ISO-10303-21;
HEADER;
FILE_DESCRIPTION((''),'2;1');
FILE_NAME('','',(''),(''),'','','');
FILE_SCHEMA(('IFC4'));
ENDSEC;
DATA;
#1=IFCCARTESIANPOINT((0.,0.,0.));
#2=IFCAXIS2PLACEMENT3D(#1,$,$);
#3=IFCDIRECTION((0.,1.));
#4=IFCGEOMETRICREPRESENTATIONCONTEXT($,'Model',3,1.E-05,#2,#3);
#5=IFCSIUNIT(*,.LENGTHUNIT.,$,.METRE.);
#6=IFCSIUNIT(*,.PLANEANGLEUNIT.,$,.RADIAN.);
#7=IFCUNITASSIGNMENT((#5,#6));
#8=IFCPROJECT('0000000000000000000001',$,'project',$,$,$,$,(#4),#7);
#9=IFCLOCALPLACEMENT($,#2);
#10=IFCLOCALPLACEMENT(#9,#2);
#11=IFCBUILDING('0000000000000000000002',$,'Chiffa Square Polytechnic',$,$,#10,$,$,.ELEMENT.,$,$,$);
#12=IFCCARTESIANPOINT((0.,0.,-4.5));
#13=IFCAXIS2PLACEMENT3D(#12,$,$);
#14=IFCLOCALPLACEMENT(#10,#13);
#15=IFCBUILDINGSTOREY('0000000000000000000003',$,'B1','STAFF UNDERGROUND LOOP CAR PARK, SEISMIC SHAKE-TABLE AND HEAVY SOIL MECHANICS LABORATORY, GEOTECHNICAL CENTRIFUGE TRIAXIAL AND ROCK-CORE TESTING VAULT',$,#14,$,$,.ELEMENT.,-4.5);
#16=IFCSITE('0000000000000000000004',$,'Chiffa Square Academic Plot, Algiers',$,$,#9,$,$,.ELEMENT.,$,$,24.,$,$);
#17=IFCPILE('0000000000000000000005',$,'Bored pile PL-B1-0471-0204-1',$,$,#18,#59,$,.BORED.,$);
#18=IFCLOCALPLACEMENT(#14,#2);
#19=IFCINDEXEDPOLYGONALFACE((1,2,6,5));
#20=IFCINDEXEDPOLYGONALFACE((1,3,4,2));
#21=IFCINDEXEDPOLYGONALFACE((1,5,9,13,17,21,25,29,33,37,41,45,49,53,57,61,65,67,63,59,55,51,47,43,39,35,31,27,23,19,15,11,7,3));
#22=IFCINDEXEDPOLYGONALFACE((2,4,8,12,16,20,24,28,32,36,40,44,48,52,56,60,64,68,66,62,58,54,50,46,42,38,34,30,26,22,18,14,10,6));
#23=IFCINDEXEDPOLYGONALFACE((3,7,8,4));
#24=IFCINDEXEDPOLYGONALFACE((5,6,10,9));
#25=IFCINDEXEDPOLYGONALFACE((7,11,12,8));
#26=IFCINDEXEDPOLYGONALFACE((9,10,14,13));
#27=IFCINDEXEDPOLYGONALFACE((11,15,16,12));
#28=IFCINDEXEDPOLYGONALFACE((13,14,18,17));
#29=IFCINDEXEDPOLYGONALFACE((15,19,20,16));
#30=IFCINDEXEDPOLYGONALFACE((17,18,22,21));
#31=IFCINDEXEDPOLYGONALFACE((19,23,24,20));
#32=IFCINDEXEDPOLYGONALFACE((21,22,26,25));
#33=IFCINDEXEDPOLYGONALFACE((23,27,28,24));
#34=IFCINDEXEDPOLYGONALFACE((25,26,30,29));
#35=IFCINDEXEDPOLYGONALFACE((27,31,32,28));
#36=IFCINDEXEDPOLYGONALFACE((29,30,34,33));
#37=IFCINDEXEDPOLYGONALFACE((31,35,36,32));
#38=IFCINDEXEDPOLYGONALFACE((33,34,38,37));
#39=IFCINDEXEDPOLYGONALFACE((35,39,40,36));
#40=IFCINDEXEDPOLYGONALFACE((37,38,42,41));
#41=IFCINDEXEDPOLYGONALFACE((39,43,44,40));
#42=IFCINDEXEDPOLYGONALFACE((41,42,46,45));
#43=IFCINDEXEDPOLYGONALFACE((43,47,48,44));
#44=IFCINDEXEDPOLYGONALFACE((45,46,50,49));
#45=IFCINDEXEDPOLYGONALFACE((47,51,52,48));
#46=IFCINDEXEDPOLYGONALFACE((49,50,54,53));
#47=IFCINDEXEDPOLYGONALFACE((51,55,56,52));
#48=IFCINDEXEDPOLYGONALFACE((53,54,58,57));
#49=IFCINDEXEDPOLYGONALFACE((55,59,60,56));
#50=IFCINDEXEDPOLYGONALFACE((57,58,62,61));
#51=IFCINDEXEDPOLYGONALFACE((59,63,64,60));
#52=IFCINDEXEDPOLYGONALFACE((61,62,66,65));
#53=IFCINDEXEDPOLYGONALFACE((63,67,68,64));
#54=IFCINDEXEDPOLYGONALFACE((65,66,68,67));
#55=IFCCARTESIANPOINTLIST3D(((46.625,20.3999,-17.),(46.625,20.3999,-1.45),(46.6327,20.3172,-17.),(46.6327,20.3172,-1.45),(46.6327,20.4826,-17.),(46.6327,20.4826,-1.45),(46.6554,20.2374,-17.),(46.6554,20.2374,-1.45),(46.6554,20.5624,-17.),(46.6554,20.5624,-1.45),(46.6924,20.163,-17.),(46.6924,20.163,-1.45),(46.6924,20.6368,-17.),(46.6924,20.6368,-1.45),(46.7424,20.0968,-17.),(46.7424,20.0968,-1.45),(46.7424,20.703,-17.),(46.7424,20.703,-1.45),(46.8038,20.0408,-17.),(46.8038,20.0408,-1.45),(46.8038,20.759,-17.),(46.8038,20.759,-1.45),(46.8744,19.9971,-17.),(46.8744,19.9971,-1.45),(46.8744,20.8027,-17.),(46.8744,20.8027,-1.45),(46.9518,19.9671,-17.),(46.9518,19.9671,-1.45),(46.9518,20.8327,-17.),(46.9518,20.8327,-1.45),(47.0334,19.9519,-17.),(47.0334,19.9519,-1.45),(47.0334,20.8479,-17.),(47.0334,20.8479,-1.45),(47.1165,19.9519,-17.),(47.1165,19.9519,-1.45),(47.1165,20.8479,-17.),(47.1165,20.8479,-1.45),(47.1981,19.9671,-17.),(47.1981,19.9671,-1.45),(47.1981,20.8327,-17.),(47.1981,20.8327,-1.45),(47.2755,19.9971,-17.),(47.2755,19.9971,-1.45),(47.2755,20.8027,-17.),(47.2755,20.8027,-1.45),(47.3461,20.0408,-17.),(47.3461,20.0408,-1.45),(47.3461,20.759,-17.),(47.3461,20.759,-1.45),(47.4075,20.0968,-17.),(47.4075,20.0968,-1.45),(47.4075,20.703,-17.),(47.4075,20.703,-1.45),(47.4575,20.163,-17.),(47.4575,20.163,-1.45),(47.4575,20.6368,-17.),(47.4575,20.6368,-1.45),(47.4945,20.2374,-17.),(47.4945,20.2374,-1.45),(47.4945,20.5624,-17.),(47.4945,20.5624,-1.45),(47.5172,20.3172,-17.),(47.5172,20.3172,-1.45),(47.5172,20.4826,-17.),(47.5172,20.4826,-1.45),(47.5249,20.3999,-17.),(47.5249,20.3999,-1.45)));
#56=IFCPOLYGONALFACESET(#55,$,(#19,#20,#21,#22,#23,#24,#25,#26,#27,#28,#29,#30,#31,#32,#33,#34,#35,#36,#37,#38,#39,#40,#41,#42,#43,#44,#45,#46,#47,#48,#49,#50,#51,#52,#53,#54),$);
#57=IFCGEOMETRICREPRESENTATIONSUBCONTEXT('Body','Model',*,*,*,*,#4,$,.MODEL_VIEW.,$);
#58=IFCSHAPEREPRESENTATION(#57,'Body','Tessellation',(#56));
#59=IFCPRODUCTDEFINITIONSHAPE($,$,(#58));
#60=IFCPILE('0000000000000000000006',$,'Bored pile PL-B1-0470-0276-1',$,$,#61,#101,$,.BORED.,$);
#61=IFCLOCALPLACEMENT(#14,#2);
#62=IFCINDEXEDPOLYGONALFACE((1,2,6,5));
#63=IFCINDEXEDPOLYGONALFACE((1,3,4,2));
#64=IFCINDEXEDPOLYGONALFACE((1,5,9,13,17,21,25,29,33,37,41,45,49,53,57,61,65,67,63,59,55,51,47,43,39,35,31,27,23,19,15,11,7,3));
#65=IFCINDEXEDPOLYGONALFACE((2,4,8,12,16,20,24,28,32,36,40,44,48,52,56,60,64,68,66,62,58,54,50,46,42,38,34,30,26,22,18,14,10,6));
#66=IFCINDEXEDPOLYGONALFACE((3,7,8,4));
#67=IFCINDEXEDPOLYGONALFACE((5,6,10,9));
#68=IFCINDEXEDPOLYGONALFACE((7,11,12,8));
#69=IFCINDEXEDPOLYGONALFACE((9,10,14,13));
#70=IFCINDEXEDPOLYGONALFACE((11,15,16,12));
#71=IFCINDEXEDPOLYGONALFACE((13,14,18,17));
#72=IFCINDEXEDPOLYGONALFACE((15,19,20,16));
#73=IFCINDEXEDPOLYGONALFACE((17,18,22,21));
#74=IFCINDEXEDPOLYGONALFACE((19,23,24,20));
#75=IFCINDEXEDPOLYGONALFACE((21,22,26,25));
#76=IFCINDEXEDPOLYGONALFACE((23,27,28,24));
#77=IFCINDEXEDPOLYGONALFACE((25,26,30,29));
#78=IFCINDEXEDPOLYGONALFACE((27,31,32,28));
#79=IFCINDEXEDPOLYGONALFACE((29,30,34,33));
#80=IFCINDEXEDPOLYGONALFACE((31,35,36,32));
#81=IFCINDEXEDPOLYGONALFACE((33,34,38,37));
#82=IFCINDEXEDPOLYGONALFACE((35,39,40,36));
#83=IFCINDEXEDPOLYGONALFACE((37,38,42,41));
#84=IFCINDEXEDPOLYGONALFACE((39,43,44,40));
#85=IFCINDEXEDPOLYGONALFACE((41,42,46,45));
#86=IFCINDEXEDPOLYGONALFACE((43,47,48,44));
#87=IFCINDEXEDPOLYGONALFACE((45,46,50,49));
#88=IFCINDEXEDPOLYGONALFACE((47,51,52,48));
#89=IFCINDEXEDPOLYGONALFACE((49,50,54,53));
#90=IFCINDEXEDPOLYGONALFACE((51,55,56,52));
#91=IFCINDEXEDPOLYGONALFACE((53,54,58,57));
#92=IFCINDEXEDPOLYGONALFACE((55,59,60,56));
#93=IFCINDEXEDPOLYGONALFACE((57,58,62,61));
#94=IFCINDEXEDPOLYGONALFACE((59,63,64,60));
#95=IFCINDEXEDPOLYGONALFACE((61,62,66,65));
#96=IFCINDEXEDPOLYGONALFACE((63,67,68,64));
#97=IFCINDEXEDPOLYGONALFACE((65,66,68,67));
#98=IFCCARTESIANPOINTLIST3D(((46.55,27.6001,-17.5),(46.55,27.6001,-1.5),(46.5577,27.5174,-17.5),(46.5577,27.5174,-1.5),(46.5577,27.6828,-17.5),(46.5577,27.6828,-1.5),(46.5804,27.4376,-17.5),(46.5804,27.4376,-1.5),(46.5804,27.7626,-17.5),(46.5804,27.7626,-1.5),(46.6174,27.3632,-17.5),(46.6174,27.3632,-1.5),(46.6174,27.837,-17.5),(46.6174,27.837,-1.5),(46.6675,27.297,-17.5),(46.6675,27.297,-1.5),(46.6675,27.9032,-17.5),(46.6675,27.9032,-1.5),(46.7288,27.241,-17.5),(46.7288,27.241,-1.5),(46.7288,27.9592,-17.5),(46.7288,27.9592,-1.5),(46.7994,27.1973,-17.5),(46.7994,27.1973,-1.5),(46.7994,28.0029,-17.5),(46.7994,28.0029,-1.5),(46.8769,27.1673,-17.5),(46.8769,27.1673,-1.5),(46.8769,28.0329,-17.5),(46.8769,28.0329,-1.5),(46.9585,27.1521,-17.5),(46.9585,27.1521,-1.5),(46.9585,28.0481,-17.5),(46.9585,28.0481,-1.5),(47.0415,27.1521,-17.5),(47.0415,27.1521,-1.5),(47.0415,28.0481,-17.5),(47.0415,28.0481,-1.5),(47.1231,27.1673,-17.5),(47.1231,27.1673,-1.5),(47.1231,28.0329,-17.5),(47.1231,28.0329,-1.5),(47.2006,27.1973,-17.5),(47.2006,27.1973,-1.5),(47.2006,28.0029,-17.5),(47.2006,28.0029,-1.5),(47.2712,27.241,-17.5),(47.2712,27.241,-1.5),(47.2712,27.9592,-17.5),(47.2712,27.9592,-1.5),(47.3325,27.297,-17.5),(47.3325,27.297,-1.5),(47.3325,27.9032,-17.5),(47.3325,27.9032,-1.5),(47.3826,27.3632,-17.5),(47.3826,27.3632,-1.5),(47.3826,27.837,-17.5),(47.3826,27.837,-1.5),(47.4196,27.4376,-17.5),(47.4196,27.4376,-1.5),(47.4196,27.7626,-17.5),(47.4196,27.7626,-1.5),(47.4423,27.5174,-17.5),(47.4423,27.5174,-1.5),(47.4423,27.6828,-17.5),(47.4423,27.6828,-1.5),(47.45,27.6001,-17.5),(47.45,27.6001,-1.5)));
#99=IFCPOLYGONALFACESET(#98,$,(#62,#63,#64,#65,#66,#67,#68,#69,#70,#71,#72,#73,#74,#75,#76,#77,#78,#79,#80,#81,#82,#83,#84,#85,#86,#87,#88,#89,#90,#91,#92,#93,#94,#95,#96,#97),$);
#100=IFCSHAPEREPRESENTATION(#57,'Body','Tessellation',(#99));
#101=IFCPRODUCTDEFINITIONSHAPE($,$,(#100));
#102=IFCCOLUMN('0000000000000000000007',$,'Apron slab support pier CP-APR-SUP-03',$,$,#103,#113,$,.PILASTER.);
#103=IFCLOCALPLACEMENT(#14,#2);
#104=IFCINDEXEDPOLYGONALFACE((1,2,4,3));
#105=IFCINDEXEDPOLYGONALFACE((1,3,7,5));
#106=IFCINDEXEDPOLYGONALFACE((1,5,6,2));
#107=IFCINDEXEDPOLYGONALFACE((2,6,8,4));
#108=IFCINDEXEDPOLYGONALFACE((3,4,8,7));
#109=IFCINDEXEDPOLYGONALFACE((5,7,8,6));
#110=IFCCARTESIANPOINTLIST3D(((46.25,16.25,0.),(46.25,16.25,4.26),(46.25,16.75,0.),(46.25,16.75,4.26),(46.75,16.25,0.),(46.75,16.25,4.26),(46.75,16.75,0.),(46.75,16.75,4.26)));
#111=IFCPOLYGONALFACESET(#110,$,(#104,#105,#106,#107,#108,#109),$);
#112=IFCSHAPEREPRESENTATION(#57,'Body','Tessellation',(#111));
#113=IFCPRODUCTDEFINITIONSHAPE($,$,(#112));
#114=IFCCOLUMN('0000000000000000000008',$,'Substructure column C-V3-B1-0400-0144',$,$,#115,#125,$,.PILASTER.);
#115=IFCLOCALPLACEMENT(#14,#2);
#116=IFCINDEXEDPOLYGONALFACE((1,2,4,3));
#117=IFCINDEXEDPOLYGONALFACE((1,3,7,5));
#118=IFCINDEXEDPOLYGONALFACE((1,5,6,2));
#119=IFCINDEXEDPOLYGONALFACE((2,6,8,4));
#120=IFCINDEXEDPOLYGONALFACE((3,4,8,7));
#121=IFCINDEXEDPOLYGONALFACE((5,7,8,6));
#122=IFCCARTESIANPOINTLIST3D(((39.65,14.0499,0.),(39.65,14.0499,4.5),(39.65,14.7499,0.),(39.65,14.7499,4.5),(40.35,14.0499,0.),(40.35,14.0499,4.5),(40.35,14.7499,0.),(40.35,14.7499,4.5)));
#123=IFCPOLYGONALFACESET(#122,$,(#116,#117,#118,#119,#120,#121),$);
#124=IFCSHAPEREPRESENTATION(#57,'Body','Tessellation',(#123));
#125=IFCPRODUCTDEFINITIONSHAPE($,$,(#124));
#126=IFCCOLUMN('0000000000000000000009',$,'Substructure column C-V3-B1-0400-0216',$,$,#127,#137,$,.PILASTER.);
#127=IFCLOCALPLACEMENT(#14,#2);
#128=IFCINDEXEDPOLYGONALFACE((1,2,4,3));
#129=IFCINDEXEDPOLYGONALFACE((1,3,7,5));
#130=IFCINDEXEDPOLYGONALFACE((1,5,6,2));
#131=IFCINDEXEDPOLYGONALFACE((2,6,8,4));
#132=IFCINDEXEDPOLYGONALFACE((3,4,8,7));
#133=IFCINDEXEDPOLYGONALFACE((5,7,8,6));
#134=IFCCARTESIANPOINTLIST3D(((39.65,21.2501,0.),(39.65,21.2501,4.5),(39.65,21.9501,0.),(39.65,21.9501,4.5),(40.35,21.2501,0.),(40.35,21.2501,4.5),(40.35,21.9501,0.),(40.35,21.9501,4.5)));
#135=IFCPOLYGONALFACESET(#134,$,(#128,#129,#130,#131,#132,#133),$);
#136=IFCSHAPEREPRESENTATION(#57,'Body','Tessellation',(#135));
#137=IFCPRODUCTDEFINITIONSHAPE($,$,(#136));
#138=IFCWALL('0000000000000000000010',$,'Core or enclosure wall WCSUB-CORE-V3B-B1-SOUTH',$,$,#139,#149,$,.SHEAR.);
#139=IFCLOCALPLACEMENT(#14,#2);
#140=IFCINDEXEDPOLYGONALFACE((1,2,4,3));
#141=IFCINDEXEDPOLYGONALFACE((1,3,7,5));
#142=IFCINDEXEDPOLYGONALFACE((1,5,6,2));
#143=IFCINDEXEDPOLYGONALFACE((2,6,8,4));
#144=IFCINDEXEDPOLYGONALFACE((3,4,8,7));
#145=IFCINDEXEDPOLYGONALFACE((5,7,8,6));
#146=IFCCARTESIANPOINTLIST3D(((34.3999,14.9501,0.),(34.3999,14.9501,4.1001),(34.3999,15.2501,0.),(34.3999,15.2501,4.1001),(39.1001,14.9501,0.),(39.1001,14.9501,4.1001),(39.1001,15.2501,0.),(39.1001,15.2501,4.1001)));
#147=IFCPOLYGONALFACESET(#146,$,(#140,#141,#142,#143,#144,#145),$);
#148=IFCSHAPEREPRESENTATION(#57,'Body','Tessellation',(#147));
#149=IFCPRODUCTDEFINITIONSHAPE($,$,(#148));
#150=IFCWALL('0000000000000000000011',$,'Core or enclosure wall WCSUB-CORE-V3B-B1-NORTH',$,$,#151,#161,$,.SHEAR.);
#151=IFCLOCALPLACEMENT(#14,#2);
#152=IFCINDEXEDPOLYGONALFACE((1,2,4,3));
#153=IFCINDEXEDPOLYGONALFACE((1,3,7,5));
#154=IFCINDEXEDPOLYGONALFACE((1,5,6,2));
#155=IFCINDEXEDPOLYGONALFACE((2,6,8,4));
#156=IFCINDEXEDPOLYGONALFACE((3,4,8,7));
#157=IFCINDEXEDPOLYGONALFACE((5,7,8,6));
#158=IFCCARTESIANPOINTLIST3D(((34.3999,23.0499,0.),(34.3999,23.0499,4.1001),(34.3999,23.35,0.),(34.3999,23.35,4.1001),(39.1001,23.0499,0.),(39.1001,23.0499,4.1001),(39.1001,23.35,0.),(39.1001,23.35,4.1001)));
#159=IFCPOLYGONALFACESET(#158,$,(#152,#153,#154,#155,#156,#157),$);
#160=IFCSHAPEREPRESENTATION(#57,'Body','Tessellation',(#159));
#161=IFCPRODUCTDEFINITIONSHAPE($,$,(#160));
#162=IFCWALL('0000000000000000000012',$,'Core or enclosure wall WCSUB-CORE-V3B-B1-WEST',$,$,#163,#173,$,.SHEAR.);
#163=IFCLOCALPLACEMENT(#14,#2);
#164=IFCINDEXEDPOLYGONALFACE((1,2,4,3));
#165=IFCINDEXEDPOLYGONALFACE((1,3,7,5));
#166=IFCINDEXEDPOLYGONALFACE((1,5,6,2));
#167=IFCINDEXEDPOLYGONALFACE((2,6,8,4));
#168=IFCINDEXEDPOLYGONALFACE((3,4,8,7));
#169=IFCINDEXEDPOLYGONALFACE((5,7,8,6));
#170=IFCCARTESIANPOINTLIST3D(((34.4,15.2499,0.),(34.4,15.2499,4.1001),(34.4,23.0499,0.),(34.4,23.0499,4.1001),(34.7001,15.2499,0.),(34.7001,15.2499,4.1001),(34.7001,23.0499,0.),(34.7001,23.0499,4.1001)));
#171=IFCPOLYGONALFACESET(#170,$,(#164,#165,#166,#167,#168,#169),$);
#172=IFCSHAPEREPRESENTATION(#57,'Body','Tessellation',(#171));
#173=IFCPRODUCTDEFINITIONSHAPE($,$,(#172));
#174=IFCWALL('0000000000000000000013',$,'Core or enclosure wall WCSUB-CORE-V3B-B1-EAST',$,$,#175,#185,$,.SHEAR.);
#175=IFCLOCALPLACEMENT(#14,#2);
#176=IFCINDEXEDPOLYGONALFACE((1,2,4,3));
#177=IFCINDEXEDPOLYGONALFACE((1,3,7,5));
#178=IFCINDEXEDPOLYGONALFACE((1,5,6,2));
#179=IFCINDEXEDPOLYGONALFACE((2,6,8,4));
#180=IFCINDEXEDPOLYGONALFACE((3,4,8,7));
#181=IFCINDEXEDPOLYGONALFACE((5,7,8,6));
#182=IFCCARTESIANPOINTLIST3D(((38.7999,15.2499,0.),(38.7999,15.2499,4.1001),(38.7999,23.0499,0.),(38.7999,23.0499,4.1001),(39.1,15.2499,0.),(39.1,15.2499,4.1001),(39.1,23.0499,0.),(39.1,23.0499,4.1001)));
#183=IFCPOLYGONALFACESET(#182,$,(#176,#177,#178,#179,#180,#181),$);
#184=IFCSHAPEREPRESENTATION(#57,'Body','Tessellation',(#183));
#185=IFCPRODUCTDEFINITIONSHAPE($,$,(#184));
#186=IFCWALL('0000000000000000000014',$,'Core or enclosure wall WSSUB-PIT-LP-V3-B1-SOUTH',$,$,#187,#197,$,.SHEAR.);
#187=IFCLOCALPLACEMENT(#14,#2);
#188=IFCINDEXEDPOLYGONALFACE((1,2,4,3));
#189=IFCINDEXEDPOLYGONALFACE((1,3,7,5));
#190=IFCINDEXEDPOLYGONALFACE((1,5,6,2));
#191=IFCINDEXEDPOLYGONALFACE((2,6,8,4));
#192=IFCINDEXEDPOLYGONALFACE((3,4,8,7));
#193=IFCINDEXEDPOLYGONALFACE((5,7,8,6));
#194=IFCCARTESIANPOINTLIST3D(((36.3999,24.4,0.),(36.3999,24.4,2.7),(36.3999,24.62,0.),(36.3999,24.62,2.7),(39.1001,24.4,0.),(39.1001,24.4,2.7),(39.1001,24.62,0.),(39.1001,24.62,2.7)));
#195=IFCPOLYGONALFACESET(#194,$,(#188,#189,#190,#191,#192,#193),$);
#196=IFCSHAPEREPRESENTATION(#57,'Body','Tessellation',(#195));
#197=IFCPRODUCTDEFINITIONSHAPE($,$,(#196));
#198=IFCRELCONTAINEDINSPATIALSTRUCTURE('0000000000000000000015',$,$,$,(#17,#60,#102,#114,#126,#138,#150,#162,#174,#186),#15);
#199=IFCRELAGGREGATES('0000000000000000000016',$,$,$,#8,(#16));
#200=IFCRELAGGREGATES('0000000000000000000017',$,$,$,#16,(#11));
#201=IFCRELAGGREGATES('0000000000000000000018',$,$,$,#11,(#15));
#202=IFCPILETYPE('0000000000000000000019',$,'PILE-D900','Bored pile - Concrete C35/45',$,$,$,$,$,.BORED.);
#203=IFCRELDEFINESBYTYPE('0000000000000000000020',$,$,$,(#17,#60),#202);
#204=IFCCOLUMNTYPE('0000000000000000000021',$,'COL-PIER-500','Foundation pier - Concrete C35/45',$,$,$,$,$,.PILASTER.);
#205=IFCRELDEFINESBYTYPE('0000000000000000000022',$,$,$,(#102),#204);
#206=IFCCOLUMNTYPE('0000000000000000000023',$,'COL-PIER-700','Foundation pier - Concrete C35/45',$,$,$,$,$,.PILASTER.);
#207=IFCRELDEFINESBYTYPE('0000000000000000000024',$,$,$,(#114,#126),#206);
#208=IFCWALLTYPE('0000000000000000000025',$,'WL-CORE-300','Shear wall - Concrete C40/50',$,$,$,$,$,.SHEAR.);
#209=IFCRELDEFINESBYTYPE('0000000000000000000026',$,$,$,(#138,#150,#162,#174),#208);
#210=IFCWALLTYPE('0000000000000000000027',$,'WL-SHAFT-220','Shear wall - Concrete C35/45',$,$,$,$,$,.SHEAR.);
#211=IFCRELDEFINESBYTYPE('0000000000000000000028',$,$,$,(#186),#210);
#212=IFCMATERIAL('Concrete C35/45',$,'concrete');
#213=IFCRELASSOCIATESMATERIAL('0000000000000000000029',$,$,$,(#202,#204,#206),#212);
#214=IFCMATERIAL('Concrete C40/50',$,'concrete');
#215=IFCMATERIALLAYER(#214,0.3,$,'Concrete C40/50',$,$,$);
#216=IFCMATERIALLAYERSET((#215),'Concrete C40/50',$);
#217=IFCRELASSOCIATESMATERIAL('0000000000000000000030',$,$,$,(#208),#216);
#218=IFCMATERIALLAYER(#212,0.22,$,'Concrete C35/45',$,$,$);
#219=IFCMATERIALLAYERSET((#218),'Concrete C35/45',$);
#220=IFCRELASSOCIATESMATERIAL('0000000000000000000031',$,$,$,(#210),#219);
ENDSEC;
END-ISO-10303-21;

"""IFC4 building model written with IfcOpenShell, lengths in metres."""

from ifc_helpers import new_model, si_unit, direction, frame, frame_2d, origin, origin_2d, place, context, subcontext, project, spatial, rectangle, circle, extrude, material, layer, layer_set, material_profile, profile_set, type_object, element, save


model = new_model("IFC4")

# Units and contexts
model_context = context("Model", 3, precision=1e-05, world=origin(), true_north=direction((0.0, 1.0)))
body_context = subcontext(model_context, "Body", "Model", "MODEL_VIEW")
ifc_project = project(units=[si_unit("LENGTHUNIT", "METRE"), si_unit("PLANEANGLEUNIT", "RADIAN")], contexts=[model_context])

# Site, building, storey
site_placement = place(None, origin())
site = spatial("IfcSite", under=ifc_project, at=site_placement, Name="Chiffa Square Academic Plot, Algiers", CompositionType="ELEMENT", RefElevation=24.0)
building_placement = place(site_placement, origin())
building = spatial("IfcBuilding", under=site, at=building_placement, Name="Chiffa Square Polytechnic", CompositionType="ELEMENT")
storey_placement = place(building_placement, frame((0.0, 0.0, -4.5)))
storey = spatial("IfcBuildingStorey", under=building, at=storey_placement, Name="B1", Description="STAFF UNDERGROUND LOOP CAR PARK, SEISMIC SHAKE-TABLE AND HEAVY SOIL MECHANICS LABORATORY, GEOTECHNICAL CENTRIFUGE TRIAXIAL AND ROCK-CORE TESTING VAULT", CompositionType="ELEMENT", Elevation=-4.5)

# Shared definitions
ifc_material_1 = material(Name="Concrete C35/45", Category="concrete")

# Piles
ifc_material_profile_1 = material_profile(ifc_material_1, circle(Radius=0.45, at=origin_2d()), Name="PILE D900")
ifc_profile_set_1 = profile_set([ifc_material_profile_1], Name="Concrete C35/45")
pile_type_1 = type_object("IfcPileType", Name="PILE-D900", Description="Bored pile - Concrete C35/45", PredefinedType="BORED", material=ifc_profile_set_1)
pile_1_placement = place(storey_placement, frame((47.075, 20.3999, -1.45), z_axis=(0.0, 0.0, -1.0), x_axis=(1.0, 0.0, 0.0)))
element("IfcPile", 1, at=pile_1_placement, inside=storey, type_object=pile_type_1, Name="Bored pile PL-B1-0471-0204-1", PredefinedType="BORED", context=body_context, shape_type="SweptSolid", body=[
    extrude(circle(Radius=0.45, at=origin_2d()), origin(), (0.0, 0.0, 1.0), 15.55),
])
pile_2_placement = place(storey_placement, frame((47.0, 27.6001, -1.5), z_axis=(0.0, 0.0, -1.0), x_axis=(1.0, 0.0, 0.0)))
element("IfcPile", 2, at=pile_2_placement, inside=storey, type_object=pile_type_1, Name="Bored pile PL-B1-0470-0276-1", PredefinedType="BORED", context=body_context, shape_type="SweptSolid", body=[
    extrude(circle(Radius=0.45, at=origin_2d()), origin(), (0.0, 0.0, 1.0), 16.0),
])

# Columns
ifc_material_profile_2 = material_profile(ifc_material_1, rectangle(XDim=0.5, YDim=0.5, at=origin_2d()), Name="RC 500x500")
ifc_profile_set_2 = profile_set([ifc_material_profile_2], Name="Concrete C35/45")
column_type_1 = type_object("IfcColumnType", Name="COL-PIER-500", Description="Foundation pier - Concrete C35/45", PredefinedType="PILASTER", material=ifc_profile_set_2)
column_placement = place(storey_placement, frame((46.5, 16.5, 0.0), z_axis=(0.0, 0.0, 1.0), x_axis=(1.0, 0.0, 0.0)))
element("IfcColumn", 3, at=column_placement, inside=storey, type_object=column_type_1, Name="Apron slab support pier CP-APR-SUP-03", PredefinedType="PILASTER", context=body_context, shape_type="SweptSolid", body=[
    extrude(rectangle(XDim=0.5, YDim=0.5, at=origin_2d()), origin(), (0.0, 0.0, 1.0), 4.26),
])
ifc_material_profile_3 = material_profile(ifc_material_1, rectangle(XDim=0.7, YDim=0.7, at=origin_2d()), Name="RC 700x700")
ifc_profile_set_3 = profile_set([ifc_material_profile_3], Name="Concrete C35/45")
column_type_2 = type_object("IfcColumnType", Name="COL-PIER-700", Description="Foundation pier - Concrete C35/45", PredefinedType="PILASTER", material=ifc_profile_set_3)
for number, where, z_axis, x_axis, name in (
    (4, (40.0, 14.3999, 0.0), (0.0, 0.0, 1.0), (1.0, 0.0, 0.0), "Substructure column C-V3-B1-0400-0144"),
    (5, (40.0, 21.6001, 0.0), (0.0, 0.0, 1.0), (1.0, 0.0, 0.0), "Substructure column C-V3-B1-0400-0216"),
):
    element("IfcColumn", number, at=place(storey_placement, frame(where, z_axis=z_axis, x_axis=x_axis)), inside=storey, type_object=column_type_2, Name=name, PredefinedType="PILASTER", context=body_context, shape_type="SweptSolid", body=[
        extrude(rectangle(XDim=0.7, YDim=0.7, at=origin_2d()), origin(), (0.0, 0.0, 1.0), 4.5),
    ])

# Walls
ifc_material_2 = material(Name="Concrete C40/50", Category="concrete")
ifc_layer_1 = layer(ifc_material_2, 0.3, Name="Concrete C40/50")
ifc_layer_set_1 = layer_set([ifc_layer_1], Name="Concrete C40/50")
wall_type_1 = type_object("IfcWallType", Name="WL-CORE-300", Description="Shear wall - Concrete C40/50", PredefinedType="SHEAR", material=ifc_layer_set_1)
for number, where, z_axis, x_axis, name in (
    (6, (34.3999, 15.1001, 0.0), (0.0, 0.0, 1.0), (1.0, 0.0, 0.0), "Core or enclosure wall WCSUB-CORE-V3B-B1-SOUTH"),
    (7, (34.3999, 23.2, 0.0), (0.0, 0.0, 1.0), (1.0, 0.0, 0.0), "Core or enclosure wall WCSUB-CORE-V3B-B1-NORTH"),
):
    element("IfcWall", number, at=place(storey_placement, frame(where, z_axis=z_axis, x_axis=x_axis)), inside=storey, type_object=wall_type_1, Name=name, PredefinedType="SHEAR", context=body_context, shape_type="SweptSolid", body=[
        extrude(rectangle(XDim=4.7002, YDim=0.3, at=frame_2d((2.3501, 0.0))), origin(), (0.0, 0.0, 1.0), 4.1001),
    ])
for number, where, z_axis, x_axis, name in (
    (8, (34.55, 15.25, 0.0), (0.0, 0.0, 1.0), (0.0, 1.0, 0.0), "Core or enclosure wall WCSUB-CORE-V3B-B1-WEST"),
    (9, (38.95, 15.25, 0.0), (0.0, 0.0, 1.0), (0.0, 1.0, 0.0), "Core or enclosure wall WCSUB-CORE-V3B-B1-EAST"),
):
    element("IfcWall", number, at=place(storey_placement, frame(where, z_axis=z_axis, x_axis=x_axis)), inside=storey, type_object=wall_type_1, Name=name, PredefinedType="SHEAR", context=body_context, shape_type="SweptSolid", body=[
        extrude(rectangle(XDim=7.8, YDim=0.3, at=frame_2d((3.8999, 0.0))), origin(), (0.0, 0.0, 1.0), 4.1001),
    ])
ifc_layer_2 = layer(ifc_material_1, 0.22, Name="Concrete C35/45")
ifc_layer_set_2 = layer_set([ifc_layer_2], Name="Concrete C35/45")
wall_type_2 = type_object("IfcWallType", Name="WL-SHAFT-220", Description="Shear wall - Concrete C35/45", PredefinedType="SHEAR", material=ifc_layer_set_2)
for number, where, z_axis, x_axis, name in (
    (10, (36.3999, 24.51, 0.0), (0.0, 0.0, 1.0), (1.0, 0.0, 0.0), "Core or enclosure wall WSSUB-PIT-LP-V3-B1-SOUTH"),
):
    element("IfcWall", number, at=place(storey_placement, frame(where, z_axis=z_axis, x_axis=x_axis)), inside=storey, type_object=wall_type_2, Name=name, PredefinedType="SHEAR", context=body_context, shape_type="SweptSolid", body=[
        extrude(rectangle(XDim=2.7002, YDim=0.22, at=frame_2d((1.3501, 0.0))), origin(), (0.0, 0.0, 1.0), 2.7),
    ])

save(model, "model.ifc")
